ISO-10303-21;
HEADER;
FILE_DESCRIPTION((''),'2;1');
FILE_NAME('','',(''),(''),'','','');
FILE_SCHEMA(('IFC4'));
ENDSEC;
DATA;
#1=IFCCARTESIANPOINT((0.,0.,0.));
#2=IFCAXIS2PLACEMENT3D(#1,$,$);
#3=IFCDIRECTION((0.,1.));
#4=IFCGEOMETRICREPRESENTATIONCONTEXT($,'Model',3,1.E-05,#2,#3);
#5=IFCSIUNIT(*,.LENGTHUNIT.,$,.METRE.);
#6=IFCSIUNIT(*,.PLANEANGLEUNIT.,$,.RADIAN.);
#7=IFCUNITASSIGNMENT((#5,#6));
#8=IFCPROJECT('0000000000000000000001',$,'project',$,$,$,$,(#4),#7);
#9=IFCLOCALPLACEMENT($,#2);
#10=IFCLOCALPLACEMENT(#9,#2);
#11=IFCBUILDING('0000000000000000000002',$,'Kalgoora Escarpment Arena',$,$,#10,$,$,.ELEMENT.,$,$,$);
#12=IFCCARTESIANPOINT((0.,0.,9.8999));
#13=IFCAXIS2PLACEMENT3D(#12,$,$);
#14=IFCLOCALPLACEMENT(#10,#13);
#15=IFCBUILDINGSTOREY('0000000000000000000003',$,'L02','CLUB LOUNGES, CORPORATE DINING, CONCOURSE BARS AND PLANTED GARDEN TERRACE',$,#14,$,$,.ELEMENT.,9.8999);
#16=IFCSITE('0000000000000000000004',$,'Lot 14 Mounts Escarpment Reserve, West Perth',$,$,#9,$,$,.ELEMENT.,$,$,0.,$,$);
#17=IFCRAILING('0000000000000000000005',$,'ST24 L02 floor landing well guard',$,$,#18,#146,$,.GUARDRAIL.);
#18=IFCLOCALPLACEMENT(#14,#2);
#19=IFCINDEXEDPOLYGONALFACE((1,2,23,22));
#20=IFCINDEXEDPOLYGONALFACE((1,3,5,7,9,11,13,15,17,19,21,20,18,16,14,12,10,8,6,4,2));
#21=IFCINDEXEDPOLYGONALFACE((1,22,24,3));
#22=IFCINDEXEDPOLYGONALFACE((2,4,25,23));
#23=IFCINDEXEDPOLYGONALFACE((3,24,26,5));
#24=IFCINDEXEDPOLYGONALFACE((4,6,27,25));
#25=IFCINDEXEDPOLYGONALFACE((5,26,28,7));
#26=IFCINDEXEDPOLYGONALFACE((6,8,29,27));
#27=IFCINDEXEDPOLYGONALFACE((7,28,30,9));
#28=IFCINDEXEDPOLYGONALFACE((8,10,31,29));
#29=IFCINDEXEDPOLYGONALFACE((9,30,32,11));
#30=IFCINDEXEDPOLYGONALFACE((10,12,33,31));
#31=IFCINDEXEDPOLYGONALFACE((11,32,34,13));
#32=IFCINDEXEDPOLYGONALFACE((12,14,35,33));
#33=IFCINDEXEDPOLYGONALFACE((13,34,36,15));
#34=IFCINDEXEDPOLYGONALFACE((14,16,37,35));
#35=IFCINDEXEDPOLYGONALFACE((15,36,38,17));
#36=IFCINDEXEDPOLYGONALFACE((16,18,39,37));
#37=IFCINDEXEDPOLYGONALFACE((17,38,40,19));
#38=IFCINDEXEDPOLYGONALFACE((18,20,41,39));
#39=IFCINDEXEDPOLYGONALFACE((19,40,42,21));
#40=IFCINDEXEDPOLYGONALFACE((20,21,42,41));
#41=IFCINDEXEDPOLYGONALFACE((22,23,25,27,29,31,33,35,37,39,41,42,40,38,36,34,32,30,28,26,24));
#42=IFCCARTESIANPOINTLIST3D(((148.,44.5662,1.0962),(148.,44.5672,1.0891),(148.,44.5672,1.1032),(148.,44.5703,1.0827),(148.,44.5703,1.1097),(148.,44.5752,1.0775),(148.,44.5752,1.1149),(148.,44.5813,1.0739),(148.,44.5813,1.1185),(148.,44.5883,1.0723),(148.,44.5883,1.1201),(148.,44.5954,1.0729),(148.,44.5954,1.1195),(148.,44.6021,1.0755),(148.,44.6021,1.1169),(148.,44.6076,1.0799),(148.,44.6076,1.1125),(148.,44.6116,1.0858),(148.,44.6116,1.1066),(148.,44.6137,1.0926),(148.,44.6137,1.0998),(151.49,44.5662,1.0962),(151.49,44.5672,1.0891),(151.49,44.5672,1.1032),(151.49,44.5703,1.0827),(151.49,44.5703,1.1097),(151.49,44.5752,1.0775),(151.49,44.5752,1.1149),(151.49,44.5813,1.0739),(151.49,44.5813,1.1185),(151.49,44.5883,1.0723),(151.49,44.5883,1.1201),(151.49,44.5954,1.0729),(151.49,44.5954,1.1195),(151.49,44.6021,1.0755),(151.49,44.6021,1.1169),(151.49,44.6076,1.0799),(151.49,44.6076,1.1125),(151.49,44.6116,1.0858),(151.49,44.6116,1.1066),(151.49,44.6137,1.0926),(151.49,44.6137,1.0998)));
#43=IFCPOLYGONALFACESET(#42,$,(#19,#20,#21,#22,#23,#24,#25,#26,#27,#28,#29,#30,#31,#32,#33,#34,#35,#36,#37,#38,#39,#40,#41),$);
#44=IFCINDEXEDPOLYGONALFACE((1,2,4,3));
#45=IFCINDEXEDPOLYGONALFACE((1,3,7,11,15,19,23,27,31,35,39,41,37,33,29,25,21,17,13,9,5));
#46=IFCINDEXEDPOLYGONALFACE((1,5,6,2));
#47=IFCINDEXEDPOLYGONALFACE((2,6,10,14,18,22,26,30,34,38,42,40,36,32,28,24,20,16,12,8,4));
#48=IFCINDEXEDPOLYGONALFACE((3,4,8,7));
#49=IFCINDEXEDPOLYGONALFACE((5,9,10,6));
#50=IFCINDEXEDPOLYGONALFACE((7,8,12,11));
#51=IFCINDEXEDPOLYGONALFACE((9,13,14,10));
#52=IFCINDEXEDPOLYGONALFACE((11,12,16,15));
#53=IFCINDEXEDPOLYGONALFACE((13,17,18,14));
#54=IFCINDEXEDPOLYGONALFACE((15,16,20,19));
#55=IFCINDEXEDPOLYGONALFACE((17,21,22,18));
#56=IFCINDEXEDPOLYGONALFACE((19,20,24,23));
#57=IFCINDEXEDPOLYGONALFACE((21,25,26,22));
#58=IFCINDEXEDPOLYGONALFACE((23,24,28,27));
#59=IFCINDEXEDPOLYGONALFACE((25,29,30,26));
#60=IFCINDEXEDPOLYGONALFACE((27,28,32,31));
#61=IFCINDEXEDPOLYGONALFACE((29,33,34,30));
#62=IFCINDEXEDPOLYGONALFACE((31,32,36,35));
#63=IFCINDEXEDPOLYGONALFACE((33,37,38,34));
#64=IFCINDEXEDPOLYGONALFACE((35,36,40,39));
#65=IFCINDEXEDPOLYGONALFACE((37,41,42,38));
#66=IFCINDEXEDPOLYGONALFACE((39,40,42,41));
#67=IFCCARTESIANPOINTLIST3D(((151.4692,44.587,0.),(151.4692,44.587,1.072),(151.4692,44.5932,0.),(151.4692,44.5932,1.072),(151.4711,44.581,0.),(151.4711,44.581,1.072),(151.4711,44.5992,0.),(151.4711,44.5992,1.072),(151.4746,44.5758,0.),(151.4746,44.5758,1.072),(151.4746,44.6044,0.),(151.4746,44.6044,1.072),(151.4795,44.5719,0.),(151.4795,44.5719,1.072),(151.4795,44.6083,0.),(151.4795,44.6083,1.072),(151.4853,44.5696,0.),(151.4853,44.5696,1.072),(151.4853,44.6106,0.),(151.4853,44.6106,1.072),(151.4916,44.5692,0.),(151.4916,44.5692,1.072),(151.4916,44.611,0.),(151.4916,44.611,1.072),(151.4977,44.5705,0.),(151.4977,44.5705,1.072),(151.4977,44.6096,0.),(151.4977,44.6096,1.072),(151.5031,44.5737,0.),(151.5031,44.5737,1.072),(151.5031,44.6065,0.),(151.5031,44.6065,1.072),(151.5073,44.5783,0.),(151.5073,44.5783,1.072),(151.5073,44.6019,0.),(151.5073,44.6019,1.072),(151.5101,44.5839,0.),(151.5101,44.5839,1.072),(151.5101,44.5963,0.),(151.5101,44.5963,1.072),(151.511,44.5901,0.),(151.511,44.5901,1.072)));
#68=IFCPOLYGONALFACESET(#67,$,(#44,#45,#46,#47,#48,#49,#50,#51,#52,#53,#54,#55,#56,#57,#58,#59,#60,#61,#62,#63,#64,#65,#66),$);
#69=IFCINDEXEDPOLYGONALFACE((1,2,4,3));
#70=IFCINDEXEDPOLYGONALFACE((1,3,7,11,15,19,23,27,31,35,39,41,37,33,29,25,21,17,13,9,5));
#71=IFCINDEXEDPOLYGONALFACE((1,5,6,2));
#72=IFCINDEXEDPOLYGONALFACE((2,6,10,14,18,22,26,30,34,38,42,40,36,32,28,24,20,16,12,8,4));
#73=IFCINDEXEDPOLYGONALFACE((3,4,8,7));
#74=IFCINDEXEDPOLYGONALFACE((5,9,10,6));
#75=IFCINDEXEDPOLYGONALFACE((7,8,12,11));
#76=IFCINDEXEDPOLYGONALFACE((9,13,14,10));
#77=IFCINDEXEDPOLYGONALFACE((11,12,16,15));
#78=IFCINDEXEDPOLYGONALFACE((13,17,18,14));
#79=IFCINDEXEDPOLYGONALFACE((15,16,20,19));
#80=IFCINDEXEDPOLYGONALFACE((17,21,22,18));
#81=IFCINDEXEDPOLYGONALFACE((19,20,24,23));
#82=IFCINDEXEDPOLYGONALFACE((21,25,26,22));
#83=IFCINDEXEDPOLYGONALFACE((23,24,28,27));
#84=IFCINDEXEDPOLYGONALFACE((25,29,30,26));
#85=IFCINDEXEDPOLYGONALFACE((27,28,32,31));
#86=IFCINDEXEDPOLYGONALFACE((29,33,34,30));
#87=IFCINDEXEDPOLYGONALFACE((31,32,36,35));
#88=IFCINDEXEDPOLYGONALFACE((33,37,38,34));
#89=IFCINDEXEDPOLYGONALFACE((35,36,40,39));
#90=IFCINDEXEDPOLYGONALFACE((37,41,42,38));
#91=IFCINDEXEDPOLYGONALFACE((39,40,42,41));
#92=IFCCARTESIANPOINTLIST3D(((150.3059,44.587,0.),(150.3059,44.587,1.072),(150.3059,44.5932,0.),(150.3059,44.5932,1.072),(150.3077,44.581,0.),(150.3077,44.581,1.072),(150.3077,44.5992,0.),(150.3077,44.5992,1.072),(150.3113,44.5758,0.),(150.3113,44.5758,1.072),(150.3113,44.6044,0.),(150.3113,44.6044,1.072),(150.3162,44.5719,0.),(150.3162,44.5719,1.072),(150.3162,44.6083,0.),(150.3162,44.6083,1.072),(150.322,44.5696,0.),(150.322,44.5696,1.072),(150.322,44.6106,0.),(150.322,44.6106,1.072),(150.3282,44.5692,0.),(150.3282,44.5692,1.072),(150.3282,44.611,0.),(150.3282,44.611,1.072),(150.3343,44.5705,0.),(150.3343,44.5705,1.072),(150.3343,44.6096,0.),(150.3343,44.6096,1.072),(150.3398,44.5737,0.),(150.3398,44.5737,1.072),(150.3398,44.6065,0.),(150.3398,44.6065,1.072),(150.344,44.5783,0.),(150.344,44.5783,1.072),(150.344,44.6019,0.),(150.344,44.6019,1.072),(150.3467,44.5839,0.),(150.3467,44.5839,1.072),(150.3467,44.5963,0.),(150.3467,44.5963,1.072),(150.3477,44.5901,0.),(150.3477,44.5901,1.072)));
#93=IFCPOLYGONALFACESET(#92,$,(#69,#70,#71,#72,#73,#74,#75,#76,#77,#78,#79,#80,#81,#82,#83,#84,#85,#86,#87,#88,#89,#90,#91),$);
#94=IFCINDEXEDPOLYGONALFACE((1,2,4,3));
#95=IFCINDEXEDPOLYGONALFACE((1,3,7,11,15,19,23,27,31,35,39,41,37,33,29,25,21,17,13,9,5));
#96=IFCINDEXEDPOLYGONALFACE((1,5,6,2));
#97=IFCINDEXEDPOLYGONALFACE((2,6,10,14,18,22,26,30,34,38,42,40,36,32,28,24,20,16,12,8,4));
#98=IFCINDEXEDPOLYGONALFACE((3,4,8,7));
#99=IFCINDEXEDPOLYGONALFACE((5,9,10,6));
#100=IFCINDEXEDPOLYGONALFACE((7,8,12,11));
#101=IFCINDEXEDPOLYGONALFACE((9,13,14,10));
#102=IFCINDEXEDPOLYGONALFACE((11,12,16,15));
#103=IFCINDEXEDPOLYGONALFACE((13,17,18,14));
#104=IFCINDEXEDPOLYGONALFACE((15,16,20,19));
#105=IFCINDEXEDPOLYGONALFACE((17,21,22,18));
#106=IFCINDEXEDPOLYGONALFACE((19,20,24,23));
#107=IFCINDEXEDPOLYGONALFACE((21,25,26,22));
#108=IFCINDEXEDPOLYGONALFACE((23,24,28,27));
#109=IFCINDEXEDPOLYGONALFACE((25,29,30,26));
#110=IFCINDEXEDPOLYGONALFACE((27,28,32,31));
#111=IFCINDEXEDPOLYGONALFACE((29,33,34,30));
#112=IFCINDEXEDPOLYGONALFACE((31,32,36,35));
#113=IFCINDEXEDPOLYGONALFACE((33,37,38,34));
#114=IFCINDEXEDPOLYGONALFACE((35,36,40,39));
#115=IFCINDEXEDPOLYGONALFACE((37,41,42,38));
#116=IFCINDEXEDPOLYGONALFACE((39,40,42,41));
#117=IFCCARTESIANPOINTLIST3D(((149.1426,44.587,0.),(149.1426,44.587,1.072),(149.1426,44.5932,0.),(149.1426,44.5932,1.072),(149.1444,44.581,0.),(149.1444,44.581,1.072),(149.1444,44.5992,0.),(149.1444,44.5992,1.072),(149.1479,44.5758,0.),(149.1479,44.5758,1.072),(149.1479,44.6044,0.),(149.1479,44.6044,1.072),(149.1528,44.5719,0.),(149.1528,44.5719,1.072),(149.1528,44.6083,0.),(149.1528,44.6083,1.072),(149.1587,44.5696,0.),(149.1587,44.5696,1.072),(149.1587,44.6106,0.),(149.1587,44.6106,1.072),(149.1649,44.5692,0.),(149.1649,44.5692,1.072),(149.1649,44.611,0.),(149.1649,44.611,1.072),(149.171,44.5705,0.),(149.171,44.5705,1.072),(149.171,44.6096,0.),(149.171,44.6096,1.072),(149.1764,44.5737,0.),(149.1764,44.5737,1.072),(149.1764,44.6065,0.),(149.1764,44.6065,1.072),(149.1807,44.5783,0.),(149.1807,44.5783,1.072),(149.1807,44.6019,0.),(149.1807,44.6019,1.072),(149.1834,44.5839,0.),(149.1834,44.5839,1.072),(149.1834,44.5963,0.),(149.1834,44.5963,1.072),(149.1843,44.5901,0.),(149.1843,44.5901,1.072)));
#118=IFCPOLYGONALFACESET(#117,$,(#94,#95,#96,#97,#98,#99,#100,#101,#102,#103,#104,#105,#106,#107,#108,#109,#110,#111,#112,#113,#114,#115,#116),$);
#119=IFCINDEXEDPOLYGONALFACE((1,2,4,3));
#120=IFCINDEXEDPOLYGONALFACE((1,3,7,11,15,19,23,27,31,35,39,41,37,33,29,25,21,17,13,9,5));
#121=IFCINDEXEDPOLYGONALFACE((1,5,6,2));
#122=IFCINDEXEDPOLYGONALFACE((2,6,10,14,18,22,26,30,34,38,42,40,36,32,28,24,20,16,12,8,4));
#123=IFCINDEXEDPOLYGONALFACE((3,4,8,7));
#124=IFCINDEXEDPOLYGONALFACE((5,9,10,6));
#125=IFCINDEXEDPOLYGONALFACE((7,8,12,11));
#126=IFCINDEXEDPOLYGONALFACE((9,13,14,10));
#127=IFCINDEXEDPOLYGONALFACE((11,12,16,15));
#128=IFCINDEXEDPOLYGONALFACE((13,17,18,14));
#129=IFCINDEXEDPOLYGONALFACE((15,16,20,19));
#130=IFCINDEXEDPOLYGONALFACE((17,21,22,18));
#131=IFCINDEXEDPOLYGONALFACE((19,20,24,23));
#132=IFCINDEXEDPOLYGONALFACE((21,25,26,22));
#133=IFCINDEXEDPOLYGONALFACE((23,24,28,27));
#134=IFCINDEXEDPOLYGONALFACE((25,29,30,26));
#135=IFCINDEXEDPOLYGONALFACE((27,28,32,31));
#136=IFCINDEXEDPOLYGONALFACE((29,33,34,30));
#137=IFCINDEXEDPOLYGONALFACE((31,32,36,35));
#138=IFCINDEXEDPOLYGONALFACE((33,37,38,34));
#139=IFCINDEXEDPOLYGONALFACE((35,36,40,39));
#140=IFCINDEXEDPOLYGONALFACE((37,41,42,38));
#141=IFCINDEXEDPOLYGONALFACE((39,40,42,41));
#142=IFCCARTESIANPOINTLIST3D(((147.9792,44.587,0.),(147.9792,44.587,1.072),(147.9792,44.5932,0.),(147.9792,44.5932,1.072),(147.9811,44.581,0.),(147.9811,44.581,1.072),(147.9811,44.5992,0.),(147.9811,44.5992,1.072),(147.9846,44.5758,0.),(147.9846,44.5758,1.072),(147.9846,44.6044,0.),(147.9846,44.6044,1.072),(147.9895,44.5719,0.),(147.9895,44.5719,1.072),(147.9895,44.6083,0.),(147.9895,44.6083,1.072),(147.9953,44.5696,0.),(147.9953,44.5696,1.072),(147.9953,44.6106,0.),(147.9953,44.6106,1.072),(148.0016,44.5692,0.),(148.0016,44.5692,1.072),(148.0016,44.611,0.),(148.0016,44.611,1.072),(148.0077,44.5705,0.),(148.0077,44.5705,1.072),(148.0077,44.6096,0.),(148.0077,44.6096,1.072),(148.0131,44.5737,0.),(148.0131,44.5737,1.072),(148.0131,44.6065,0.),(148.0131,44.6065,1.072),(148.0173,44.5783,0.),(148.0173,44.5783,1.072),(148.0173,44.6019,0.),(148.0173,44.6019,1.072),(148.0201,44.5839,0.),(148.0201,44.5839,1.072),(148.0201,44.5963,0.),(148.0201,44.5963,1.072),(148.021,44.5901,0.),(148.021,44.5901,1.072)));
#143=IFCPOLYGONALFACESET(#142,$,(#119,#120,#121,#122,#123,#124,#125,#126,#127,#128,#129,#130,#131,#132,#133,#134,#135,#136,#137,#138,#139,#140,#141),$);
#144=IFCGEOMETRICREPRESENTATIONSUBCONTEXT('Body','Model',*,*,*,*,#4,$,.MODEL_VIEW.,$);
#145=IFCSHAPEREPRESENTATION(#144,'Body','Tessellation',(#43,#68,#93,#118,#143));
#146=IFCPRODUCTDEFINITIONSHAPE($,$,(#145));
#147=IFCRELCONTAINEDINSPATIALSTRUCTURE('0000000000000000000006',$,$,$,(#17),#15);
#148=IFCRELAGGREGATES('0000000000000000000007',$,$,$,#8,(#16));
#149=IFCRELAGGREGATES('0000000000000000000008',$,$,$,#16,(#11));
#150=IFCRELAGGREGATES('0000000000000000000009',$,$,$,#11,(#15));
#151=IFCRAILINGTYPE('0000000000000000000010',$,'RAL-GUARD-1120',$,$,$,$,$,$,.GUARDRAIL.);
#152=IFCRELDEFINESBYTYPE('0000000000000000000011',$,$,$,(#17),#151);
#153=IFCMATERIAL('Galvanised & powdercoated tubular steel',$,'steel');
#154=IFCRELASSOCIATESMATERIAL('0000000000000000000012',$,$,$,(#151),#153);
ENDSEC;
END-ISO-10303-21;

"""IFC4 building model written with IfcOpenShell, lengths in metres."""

from ifc_helpers import new_model, si_unit, direction, frame, origin, origin_2d, place, context, subcontext, project, spatial, circle, extrude, material, type_object, element, save


model = new_model("IFC4")

# Units and contexts
model_context = context("Model", 3, precision=1e-05, world=origin(), true_north=direction((0.0, 1.0)))
body_context = subcontext(model_context, "Body", "Model", "MODEL_VIEW")
ifc_project = project(units=[si_unit("LENGTHUNIT", "METRE"), si_unit("PLANEANGLEUNIT", "RADIAN")], contexts=[model_context])

# Site, building, storey
site_placement = place(None, origin())
site = spatial("IfcSite", under=ifc_project, at=site_placement, Name="Lot 14 Mounts Escarpment Reserve, West Perth", CompositionType="ELEMENT", RefElevation=0.0)
building_placement = place(site_placement, origin())
building = spatial("IfcBuilding", under=site, at=building_placement, Name="Kalgoora Escarpment Arena", CompositionType="ELEMENT")
storey_placement = place(building_placement, frame((0.0, 0.0, 9.8999)))
storey = spatial("IfcBuildingStorey", under=building, at=storey_placement, Name="L02", Description="CLUB LOUNGES, CORPORATE DINING, CONCOURSE BARS AND PLANTED GARDEN TERRACE", CompositionType="ELEMENT", Elevation=9.8999)

# Railing
ifc_material_1 = material(Name="Galvanised & powdercoated tubular steel", Category="steel")
railing_type_1 = type_object("IfcRailingType", Name="RAL-GUARD-1120", PredefinedType="GUARDRAIL", material=ifc_material_1)
railing_1_placement = place(storey_placement, frame((151.49, 44.5901, 0.0)))
element("IfcRailing", 1, at=railing_1_placement, inside=storey, type_object=railing_type_1, Name="ST24 L02 floor landing well guard", PredefinedType="GUARDRAIL", context=body_context, shape_type="SweptSolid", body=[
    extrude(circle(Radius=0.0239, at=origin_2d()), frame((0.0, 0.0, 1.0962), z_axis=(-1.0, 0.0, 0.0), x_axis=(0.0, -1.0, 0.0)), (0.0, 0.0, 1.0), 3.49),
    extrude(circle(Radius=0.021, at=origin_2d()), origin(), (0.0, 0.0, 1.0), 1.072),
    extrude(circle(Radius=0.021, at=origin_2d()), frame((-1.1633, 0.0, 0.0)), (0.0, 0.0, 1.0), 1.072),
    extrude(circle(Radius=0.021, at=origin_2d()), frame((-2.3267, 0.0, 0.0)), (0.0, 0.0, 1.0), 1.072),
    extrude(circle(Radius=0.021, at=origin_2d()), frame((-3.49, 0.0, 0.0)), (0.0, 0.0, 1.0), 1.072),
])

save(model, "model.ifc")
